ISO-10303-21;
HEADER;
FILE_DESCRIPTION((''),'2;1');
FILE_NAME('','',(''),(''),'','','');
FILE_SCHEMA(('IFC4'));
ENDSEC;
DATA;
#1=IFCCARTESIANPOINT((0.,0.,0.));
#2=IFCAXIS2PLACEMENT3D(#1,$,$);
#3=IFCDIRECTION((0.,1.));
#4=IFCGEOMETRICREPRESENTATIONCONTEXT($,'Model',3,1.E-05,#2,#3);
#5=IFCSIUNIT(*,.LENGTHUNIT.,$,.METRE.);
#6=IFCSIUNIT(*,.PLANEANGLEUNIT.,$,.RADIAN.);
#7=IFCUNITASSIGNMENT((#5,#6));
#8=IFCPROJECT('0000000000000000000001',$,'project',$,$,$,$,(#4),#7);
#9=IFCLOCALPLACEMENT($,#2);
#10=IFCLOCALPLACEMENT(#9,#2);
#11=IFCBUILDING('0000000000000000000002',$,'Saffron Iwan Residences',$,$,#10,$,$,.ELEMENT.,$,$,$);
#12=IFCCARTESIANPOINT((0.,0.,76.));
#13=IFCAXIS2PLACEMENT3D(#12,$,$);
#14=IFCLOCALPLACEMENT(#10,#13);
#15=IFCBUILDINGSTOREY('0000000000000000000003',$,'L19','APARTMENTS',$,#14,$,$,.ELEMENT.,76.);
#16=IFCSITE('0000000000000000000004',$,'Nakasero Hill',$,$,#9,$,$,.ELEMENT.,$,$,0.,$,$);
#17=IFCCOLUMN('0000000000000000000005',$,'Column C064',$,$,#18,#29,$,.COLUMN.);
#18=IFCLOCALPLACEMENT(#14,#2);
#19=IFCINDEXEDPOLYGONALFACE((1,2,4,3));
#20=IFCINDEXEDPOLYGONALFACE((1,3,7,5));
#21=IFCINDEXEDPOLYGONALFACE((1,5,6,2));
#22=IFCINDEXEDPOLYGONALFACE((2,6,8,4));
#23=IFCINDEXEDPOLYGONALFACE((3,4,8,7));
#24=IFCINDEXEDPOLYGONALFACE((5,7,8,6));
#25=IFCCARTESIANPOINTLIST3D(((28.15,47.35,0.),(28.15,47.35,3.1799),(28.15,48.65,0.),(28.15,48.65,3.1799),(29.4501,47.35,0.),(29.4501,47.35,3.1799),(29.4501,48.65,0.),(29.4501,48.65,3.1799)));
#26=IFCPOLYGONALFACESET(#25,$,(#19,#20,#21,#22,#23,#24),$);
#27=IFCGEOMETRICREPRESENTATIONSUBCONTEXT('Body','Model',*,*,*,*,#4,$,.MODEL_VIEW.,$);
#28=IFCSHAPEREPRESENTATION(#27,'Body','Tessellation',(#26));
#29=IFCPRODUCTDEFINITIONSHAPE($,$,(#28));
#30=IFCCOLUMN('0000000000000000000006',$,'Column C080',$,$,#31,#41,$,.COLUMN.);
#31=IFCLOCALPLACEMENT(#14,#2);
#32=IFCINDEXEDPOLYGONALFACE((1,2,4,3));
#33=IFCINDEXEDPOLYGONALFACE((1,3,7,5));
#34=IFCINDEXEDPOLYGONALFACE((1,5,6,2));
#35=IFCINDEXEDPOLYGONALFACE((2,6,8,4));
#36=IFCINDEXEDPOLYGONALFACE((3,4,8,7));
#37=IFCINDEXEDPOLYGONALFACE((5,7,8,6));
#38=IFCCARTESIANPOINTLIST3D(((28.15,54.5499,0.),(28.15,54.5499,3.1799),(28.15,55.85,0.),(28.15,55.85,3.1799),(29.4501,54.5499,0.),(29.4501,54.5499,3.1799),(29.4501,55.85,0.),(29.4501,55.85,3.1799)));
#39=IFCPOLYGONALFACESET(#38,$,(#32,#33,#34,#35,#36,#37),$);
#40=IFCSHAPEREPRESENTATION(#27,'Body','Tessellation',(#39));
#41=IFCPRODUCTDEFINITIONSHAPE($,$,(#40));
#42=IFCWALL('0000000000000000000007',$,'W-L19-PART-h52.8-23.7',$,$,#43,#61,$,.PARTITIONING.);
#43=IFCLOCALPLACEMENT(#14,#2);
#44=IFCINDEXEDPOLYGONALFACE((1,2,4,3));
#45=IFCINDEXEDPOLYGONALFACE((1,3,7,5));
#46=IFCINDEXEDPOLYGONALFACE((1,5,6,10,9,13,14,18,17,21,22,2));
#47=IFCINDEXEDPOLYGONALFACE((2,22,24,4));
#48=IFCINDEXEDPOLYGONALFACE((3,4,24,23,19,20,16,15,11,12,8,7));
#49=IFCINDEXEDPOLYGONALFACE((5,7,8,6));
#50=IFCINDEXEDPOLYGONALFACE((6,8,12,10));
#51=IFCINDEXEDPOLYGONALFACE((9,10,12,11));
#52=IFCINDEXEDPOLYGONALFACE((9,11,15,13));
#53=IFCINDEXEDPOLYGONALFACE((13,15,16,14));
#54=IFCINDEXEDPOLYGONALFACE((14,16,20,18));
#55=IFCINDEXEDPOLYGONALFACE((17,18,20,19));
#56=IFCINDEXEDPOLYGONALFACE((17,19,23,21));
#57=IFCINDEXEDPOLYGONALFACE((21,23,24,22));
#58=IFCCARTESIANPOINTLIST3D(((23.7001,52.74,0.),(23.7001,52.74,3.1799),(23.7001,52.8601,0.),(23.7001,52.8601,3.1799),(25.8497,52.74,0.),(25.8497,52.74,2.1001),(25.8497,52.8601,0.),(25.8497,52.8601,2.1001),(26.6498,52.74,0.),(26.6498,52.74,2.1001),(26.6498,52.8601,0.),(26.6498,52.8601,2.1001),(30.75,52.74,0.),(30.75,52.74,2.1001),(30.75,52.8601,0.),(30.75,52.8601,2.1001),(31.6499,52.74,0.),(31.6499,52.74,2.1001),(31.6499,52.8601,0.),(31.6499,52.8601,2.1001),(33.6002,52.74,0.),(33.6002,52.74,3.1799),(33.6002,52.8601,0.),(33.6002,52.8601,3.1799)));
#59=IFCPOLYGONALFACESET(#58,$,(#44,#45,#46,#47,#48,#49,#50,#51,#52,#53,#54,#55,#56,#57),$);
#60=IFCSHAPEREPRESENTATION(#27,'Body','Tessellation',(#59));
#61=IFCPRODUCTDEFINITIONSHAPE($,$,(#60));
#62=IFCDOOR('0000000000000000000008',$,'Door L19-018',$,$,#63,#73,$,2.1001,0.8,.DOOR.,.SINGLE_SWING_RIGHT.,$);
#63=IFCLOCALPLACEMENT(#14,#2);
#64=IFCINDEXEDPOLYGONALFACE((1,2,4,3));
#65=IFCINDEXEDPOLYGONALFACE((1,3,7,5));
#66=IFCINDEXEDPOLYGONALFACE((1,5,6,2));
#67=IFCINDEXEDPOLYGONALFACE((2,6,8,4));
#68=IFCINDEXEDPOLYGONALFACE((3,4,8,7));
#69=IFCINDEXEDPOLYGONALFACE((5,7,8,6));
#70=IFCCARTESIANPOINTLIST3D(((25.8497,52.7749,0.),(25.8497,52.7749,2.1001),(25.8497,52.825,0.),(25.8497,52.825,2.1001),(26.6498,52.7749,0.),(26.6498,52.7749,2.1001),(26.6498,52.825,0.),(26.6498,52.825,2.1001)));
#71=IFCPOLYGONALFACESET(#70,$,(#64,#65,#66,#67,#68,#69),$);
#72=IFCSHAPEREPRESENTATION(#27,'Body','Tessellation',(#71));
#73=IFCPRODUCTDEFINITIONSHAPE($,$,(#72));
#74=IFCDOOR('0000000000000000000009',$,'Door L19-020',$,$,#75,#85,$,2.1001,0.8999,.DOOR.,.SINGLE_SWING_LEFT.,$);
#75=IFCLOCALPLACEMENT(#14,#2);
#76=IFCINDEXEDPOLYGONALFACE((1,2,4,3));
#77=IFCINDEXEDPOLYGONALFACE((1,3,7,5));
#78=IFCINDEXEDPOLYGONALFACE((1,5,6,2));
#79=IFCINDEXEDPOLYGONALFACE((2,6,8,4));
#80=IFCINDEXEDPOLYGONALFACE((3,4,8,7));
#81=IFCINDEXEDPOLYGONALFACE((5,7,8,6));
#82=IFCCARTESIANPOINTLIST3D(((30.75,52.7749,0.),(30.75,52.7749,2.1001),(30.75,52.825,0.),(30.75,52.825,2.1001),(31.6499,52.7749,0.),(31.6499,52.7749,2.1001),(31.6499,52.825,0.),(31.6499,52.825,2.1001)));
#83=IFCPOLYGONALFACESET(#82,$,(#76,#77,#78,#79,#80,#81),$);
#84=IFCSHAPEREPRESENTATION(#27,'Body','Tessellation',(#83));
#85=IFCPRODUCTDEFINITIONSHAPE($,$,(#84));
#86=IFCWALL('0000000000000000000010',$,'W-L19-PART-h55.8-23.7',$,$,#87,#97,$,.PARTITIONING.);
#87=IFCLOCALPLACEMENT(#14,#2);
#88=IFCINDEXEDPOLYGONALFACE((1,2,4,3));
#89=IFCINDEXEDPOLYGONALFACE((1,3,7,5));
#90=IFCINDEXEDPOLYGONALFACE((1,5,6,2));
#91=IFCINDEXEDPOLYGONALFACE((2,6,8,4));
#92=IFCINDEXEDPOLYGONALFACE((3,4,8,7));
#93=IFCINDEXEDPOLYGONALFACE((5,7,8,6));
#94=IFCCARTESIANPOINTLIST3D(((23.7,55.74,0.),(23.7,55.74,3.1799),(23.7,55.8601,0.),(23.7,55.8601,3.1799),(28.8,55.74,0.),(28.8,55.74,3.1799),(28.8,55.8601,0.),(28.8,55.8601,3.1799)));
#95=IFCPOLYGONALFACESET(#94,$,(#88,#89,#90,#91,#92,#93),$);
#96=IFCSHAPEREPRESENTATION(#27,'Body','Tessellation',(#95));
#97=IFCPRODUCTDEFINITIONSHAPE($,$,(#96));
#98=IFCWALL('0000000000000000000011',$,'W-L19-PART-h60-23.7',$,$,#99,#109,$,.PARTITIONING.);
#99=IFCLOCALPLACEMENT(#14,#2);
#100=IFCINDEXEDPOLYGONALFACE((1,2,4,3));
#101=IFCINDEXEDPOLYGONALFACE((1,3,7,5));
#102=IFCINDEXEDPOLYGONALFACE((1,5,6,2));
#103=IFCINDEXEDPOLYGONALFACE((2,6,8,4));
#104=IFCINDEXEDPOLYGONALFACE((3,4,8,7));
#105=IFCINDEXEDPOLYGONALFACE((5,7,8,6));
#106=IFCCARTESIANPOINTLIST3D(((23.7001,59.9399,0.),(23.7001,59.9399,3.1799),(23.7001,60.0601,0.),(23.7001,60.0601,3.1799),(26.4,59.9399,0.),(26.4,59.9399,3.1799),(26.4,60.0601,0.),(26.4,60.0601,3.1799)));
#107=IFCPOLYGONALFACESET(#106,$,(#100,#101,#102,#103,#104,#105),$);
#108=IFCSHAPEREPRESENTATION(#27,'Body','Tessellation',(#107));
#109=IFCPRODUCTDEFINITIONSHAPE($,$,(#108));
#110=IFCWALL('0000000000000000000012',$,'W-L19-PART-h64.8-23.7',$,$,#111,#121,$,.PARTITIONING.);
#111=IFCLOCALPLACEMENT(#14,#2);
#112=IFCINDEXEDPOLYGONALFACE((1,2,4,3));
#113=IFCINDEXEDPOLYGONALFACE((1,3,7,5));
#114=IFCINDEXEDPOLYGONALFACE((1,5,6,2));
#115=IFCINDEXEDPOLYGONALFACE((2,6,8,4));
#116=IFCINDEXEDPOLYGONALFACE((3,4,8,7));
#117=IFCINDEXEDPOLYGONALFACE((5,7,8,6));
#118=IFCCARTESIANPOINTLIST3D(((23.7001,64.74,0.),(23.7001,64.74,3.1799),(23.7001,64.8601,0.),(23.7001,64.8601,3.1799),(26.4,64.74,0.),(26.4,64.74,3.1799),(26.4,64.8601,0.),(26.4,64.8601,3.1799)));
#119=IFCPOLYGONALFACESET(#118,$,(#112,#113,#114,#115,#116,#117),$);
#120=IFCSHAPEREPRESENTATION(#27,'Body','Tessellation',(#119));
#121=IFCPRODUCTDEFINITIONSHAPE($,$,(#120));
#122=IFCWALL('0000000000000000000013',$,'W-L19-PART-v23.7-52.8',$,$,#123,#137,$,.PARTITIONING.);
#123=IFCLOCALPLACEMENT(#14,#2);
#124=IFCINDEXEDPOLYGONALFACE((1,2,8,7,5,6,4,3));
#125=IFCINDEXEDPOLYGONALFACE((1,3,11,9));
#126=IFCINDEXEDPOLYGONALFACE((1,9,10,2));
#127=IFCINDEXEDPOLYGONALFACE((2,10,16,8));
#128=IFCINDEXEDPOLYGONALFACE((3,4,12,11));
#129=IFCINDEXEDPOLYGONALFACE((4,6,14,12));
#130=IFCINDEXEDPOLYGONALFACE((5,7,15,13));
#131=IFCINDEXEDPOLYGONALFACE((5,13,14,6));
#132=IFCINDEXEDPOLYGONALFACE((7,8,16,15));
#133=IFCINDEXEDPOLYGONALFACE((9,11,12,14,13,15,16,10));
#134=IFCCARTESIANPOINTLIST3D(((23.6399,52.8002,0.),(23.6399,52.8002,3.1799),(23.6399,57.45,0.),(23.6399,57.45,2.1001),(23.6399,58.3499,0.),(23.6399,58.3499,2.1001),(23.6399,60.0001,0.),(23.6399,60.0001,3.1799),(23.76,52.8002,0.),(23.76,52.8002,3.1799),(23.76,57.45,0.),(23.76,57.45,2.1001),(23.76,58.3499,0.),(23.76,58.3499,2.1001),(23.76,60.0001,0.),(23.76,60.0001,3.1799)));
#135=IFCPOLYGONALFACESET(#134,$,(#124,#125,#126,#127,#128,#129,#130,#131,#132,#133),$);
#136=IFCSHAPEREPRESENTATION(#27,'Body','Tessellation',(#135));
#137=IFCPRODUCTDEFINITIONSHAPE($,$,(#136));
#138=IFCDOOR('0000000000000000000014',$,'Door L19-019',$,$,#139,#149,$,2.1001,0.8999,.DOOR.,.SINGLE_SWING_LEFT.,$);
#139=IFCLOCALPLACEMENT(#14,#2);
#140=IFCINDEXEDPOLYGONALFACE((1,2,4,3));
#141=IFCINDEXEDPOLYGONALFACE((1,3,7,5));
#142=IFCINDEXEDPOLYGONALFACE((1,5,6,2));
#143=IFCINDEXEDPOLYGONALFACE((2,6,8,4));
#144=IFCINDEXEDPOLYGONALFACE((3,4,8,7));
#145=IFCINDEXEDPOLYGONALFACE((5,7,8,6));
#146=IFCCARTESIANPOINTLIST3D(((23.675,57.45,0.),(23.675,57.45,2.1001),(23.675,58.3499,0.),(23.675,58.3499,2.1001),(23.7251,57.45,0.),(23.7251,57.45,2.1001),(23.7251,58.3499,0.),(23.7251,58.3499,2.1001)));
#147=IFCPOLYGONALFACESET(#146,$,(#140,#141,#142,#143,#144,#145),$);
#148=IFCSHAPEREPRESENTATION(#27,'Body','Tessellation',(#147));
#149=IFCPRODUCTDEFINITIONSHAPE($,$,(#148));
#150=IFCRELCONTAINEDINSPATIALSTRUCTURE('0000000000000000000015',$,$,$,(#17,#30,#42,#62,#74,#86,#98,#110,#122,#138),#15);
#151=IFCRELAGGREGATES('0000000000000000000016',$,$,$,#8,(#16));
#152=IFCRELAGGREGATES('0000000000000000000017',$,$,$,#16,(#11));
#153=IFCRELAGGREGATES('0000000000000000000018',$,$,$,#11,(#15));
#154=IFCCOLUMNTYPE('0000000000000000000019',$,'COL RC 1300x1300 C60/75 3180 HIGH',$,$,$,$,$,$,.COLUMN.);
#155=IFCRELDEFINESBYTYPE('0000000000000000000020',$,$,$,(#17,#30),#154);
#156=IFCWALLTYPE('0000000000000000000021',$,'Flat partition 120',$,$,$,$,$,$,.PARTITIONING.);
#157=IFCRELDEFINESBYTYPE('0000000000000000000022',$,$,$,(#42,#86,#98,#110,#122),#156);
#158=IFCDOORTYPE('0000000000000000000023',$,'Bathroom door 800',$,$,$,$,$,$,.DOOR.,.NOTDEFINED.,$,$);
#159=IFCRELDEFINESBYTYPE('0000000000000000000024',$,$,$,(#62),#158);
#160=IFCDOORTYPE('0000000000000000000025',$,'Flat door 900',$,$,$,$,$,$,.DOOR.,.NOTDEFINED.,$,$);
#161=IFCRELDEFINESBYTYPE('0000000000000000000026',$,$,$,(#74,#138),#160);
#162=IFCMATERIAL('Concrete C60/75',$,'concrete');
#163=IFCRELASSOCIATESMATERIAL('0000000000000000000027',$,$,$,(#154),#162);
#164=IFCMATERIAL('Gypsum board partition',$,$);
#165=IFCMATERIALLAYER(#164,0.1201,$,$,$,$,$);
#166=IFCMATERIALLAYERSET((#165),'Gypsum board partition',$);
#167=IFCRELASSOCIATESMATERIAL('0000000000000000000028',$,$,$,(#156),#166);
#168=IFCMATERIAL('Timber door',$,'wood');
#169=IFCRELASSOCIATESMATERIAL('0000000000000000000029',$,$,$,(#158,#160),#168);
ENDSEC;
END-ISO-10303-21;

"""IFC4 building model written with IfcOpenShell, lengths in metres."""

from ifc_helpers import new_model, si_unit, direction, frame, frame_2d, origin, origin_2d, place, context, subcontext, project, spatial, rectangle, extrude, source, transform, mapped, material, layer, layer_set, material_profile, profile_set, type_object, element, fill, save


model = new_model("IFC4")

# Units and contexts
model_context = context("Model", 3, precision=1e-05, world=origin(), true_north=direction((0.0, 1.0)))
body_context = subcontext(model_context, "Body", "Model", "MODEL_VIEW")
ifc_project = project(units=[si_unit("LENGTHUNIT", "METRE"), si_unit("PLANEANGLEUNIT", "RADIAN")], contexts=[model_context])

# Site, building, storey
site_placement = place(None, origin())
site = spatial("IfcSite", under=ifc_project, at=site_placement, Name="Nakasero Hill", CompositionType="ELEMENT", RefElevation=0.0)
building_placement = place(site_placement, origin())
building = spatial("IfcBuilding", under=site, at=building_placement, Name="Saffron Iwan Residences", CompositionType="ELEMENT")
storey_placement = place(building_placement, frame((0.0, 0.0, 76.0)))
storey = spatial("IfcBuildingStorey", under=building, at=storey_placement, Name="L19", Description="APARTMENTS", CompositionType="ELEMENT", Elevation=76.0)

# Columns
ifc_material_1 = material(Name="Concrete C60/75", Category="concrete")
ifc_material_profile = material_profile(ifc_material_1, rectangle(XDim=1.3, YDim=1.3, at=origin_2d()), Name="RC 1300x1300")
ifc_profile_set = profile_set([ifc_material_profile], Name="Concrete C60/75")
column_type = type_object("IfcColumnType", Name="COL RC 1300x1300 C60/75 3180 HIGH", PredefinedType="COLUMN", material=ifc_profile_set)
shared_shape = source(origin(), body_context, "Body", "SweptSolid", [
    extrude(rectangle(XDim=1.3, YDim=1.3, at=origin_2d()), origin(), (0.0, 0.0, 1.0), 3.1799),
])
for number, where, z_axis, x_axis, name in (
    (1, (28.8, 48.0, 0.0), (0.0, 0.0, 1.0), (1.0, 0.0, 0.0), "Column C064"),
    (2, (28.8, 55.2, 0.0), (0.0, 0.0, 1.0), (1.0, 0.0, 0.0), "Column C080"),
):
    element("IfcColumn", number, at=place(storey_placement, frame(where, z_axis=z_axis, x_axis=x_axis)), inside=storey, type_object=column_type, Name=name, PredefinedType="COLUMN", context=body_context, shape_type="MappedRepresentation", body=[
        mapped(shared_shape, transform((0.0, 0.0, 0.0))),
    ])

# Wall, openings, doors
ifc_material_2 = material(Name="Gypsum board partition")
ifc_layer_1 = layer(ifc_material_2, 0.1201)
ifc_layer_set_1 = layer_set([ifc_layer_1], Name="Gypsum board partition")
wall_type_1 = type_object("IfcWallType", Name="Flat partition 120", PredefinedType="PARTITIONING", material=ifc_layer_set_1)
wall_1_placement = place(storey_placement, frame((23.7, 52.8, 0.0), z_axis=(0.0, 0.0, 1.0), x_axis=(1.0, 0.0, 0.0)))
wall_1 = element("IfcWall", 3, at=wall_1_placement, inside=storey, type_object=wall_type_1, Name="W-L19-PART-h52.8-23.7", PredefinedType="PARTITIONING", context=body_context, shape_type="SweptSolid", body=[
    extrude(rectangle(XDim=9.9001, YDim=0.1201, at=frame_2d((4.9502, 0.0))), origin(), (0.0, 0.0, 1.0), 3.1799),
])
opening_1_placement = place(wall_1_placement, frame((2.1499, 0.0, 0.0)))
opening_1 = element("IfcOpeningElement", 4, at=opening_1_placement, cuts=wall_1, PredefinedType="OPENING", context=body_context, shape_type="SweptSolid", body=[
    extrude(rectangle(XDim=0.8, YDim=2.1001, at=frame_2d((0.3999, 1.05))), frame((0.0, 0.0701, 0.0), z_axis=(0.0, -1.0, 0.0), x_axis=(1.0, 0.0, 0.0)), (0.0, 0.0, 1.0), 0.1401),
])
opening_2_placement = place(wall_1_placement, frame((7.05, 0.0, 0.0)))
opening_2 = element("IfcOpeningElement", 5, at=opening_2_placement, cuts=wall_1, PredefinedType="OPENING", context=body_context, shape_type="SweptSolid", body=[
    extrude(rectangle(XDim=0.8999, YDim=2.1001, at=frame_2d((0.45, 1.05))), frame((0.0, 0.0701, 0.0), z_axis=(0.0, -1.0, 0.0), x_axis=(1.0, 0.0, 0.0)), (0.0, 0.0, 1.0), 0.1401),
])
ifc_material_3 = material(Name="Timber door", Category="wood")
door_type_1 = type_object("IfcDoorType", Name="Bathroom door 800", OperationType="NOTDEFINED", PredefinedType="DOOR", material=ifc_material_3)
door_1_placement = place(opening_1_placement, origin())
door_1 = element("IfcDoor", 6, at=door_1_placement, inside=storey, type_object=door_type_1, Name="Door L19-018", OperationType="SINGLE_SWING_RIGHT", OverallHeight=2.1001, OverallWidth=0.8, PredefinedType="DOOR", context=body_context, shape_type="SweptSolid", body=[
    extrude(rectangle(XDim=0.8, YDim=2.1001, at=frame_2d((0.3999, 1.05))), frame((0.0, 0.0249, 0.0), z_axis=(0.0, -1.0, 0.0), x_axis=(1.0, 0.0, 0.0)), (0.0, 0.0, 1.0), 0.05),
])
fill(opening_1, door_1)
door_type_2 = type_object("IfcDoorType", Name="Flat door 900", OperationType="NOTDEFINED", PredefinedType="DOOR", material=ifc_material_3)
door_2_placement = place(opening_2_placement, origin())
door_2 = element("IfcDoor", 7, at=door_2_placement, inside=storey, type_object=door_type_2, Name="Door L19-020", OperationType="SINGLE_SWING_LEFT", OverallHeight=2.1001, OverallWidth=0.8999, PredefinedType="DOOR", context=body_context, shape_type="SweptSolid", body=[
    extrude(rectangle(XDim=0.8999, YDim=2.1001, at=frame_2d((0.45, 1.05))), frame((0.0, 0.0249, 0.0), z_axis=(0.0, -1.0, 0.0), x_axis=(1.0, 0.0, 0.0)), (0.0, 0.0, 1.0), 0.05),
])
fill(opening_2, door_2)

# Walls
wall_2_placement = place(storey_placement, frame((23.7, 55.8, 0.0), z_axis=(0.0, 0.0, 1.0), x_axis=(1.0, 0.0, 0.0)))
element("IfcWall", 8, at=wall_2_placement, inside=storey, type_object=wall_type_1, Name="W-L19-PART-h55.8-23.7", PredefinedType="PARTITIONING", context=body_context, shape_type="SweptSolid", body=[
    extrude(rectangle(XDim=5.1001, YDim=0.1201, at=frame_2d((2.55, 0.0))), origin(), (0.0, 0.0, 1.0), 3.1799),
])
for number, where, z_axis, x_axis, name in (
    (9, (23.7, 60.0, 0.0), (0.0, 0.0, 1.0), (1.0, 0.0, 0.0), "W-L19-PART-h60-23.7"),
    (10, (23.7, 64.8, 0.0), (0.0, 0.0, 1.0), (1.0, 0.0, 0.0), "W-L19-PART-h64.8-23.7"),
):
    element("IfcWall", number, at=place(storey_placement, frame(where, z_axis=z_axis, x_axis=x_axis)), inside=storey, type_object=wall_type_1, Name=name, PredefinedType="PARTITIONING", context=body_context, shape_type="SweptSolid", body=[
        extrude(rectangle(XDim=2.7, YDim=0.1201, at=frame_2d((1.3501, 0.0))), origin(), (0.0, 0.0, 1.0), 3.1799),
    ])

# Wall, opening, door
wall_3_placement = place(storey_placement, frame((23.7, 52.8, 0.0), z_axis=(0.0, 0.0, 1.0), x_axis=(0.0, 1.0, 0.0)))
wall_3 = element("IfcWall", 11, at=wall_3_placement, inside=storey, type_object=wall_type_1, Name="W-L19-PART-v23.7-52.8", PredefinedType="PARTITIONING", context=body_context, shape_type="SweptSolid", body=[
    extrude(rectangle(XDim=7.2, YDim=0.1201, at=frame_2d((3.6001, 0.0))), origin(), (0.0, 0.0, 1.0), 3.1799),
])
opening_3_placement = place(wall_3_placement, frame((4.6499, 0.0, 0.0)))
opening_3 = element("IfcOpeningElement", 12, at=opening_3_placement, cuts=wall_3, PredefinedType="OPENING", context=body_context, shape_type="SweptSolid", body=[
    extrude(rectangle(XDim=0.8999, YDim=2.1001, at=frame_2d((0.45, 1.05))), frame((0.0, 0.0701, 0.0), z_axis=(0.0, -1.0, 0.0), x_axis=(1.0, 0.0, 0.0)), (0.0, 0.0, 1.0), 0.1401),
])
door_3_placement = place(opening_3_placement, origin())
door_3 = element("IfcDoor", 13, at=door_3_placement, inside=storey, type_object=door_type_2, Name="Door L19-019", OperationType="SINGLE_SWING_LEFT", OverallHeight=2.1001, OverallWidth=0.8999, PredefinedType="DOOR", context=body_context, shape_type="SweptSolid", body=[
    extrude(rectangle(XDim=0.8999, YDim=2.1001, at=frame_2d((0.45, 1.05))), frame((0.0, 0.0249, 0.0), z_axis=(0.0, -1.0, 0.0), x_axis=(1.0, 0.0, 0.0)), (0.0, 0.0, 1.0), 0.05),
])
fill(opening_3, door_3)

save(model, "model.ifc")
